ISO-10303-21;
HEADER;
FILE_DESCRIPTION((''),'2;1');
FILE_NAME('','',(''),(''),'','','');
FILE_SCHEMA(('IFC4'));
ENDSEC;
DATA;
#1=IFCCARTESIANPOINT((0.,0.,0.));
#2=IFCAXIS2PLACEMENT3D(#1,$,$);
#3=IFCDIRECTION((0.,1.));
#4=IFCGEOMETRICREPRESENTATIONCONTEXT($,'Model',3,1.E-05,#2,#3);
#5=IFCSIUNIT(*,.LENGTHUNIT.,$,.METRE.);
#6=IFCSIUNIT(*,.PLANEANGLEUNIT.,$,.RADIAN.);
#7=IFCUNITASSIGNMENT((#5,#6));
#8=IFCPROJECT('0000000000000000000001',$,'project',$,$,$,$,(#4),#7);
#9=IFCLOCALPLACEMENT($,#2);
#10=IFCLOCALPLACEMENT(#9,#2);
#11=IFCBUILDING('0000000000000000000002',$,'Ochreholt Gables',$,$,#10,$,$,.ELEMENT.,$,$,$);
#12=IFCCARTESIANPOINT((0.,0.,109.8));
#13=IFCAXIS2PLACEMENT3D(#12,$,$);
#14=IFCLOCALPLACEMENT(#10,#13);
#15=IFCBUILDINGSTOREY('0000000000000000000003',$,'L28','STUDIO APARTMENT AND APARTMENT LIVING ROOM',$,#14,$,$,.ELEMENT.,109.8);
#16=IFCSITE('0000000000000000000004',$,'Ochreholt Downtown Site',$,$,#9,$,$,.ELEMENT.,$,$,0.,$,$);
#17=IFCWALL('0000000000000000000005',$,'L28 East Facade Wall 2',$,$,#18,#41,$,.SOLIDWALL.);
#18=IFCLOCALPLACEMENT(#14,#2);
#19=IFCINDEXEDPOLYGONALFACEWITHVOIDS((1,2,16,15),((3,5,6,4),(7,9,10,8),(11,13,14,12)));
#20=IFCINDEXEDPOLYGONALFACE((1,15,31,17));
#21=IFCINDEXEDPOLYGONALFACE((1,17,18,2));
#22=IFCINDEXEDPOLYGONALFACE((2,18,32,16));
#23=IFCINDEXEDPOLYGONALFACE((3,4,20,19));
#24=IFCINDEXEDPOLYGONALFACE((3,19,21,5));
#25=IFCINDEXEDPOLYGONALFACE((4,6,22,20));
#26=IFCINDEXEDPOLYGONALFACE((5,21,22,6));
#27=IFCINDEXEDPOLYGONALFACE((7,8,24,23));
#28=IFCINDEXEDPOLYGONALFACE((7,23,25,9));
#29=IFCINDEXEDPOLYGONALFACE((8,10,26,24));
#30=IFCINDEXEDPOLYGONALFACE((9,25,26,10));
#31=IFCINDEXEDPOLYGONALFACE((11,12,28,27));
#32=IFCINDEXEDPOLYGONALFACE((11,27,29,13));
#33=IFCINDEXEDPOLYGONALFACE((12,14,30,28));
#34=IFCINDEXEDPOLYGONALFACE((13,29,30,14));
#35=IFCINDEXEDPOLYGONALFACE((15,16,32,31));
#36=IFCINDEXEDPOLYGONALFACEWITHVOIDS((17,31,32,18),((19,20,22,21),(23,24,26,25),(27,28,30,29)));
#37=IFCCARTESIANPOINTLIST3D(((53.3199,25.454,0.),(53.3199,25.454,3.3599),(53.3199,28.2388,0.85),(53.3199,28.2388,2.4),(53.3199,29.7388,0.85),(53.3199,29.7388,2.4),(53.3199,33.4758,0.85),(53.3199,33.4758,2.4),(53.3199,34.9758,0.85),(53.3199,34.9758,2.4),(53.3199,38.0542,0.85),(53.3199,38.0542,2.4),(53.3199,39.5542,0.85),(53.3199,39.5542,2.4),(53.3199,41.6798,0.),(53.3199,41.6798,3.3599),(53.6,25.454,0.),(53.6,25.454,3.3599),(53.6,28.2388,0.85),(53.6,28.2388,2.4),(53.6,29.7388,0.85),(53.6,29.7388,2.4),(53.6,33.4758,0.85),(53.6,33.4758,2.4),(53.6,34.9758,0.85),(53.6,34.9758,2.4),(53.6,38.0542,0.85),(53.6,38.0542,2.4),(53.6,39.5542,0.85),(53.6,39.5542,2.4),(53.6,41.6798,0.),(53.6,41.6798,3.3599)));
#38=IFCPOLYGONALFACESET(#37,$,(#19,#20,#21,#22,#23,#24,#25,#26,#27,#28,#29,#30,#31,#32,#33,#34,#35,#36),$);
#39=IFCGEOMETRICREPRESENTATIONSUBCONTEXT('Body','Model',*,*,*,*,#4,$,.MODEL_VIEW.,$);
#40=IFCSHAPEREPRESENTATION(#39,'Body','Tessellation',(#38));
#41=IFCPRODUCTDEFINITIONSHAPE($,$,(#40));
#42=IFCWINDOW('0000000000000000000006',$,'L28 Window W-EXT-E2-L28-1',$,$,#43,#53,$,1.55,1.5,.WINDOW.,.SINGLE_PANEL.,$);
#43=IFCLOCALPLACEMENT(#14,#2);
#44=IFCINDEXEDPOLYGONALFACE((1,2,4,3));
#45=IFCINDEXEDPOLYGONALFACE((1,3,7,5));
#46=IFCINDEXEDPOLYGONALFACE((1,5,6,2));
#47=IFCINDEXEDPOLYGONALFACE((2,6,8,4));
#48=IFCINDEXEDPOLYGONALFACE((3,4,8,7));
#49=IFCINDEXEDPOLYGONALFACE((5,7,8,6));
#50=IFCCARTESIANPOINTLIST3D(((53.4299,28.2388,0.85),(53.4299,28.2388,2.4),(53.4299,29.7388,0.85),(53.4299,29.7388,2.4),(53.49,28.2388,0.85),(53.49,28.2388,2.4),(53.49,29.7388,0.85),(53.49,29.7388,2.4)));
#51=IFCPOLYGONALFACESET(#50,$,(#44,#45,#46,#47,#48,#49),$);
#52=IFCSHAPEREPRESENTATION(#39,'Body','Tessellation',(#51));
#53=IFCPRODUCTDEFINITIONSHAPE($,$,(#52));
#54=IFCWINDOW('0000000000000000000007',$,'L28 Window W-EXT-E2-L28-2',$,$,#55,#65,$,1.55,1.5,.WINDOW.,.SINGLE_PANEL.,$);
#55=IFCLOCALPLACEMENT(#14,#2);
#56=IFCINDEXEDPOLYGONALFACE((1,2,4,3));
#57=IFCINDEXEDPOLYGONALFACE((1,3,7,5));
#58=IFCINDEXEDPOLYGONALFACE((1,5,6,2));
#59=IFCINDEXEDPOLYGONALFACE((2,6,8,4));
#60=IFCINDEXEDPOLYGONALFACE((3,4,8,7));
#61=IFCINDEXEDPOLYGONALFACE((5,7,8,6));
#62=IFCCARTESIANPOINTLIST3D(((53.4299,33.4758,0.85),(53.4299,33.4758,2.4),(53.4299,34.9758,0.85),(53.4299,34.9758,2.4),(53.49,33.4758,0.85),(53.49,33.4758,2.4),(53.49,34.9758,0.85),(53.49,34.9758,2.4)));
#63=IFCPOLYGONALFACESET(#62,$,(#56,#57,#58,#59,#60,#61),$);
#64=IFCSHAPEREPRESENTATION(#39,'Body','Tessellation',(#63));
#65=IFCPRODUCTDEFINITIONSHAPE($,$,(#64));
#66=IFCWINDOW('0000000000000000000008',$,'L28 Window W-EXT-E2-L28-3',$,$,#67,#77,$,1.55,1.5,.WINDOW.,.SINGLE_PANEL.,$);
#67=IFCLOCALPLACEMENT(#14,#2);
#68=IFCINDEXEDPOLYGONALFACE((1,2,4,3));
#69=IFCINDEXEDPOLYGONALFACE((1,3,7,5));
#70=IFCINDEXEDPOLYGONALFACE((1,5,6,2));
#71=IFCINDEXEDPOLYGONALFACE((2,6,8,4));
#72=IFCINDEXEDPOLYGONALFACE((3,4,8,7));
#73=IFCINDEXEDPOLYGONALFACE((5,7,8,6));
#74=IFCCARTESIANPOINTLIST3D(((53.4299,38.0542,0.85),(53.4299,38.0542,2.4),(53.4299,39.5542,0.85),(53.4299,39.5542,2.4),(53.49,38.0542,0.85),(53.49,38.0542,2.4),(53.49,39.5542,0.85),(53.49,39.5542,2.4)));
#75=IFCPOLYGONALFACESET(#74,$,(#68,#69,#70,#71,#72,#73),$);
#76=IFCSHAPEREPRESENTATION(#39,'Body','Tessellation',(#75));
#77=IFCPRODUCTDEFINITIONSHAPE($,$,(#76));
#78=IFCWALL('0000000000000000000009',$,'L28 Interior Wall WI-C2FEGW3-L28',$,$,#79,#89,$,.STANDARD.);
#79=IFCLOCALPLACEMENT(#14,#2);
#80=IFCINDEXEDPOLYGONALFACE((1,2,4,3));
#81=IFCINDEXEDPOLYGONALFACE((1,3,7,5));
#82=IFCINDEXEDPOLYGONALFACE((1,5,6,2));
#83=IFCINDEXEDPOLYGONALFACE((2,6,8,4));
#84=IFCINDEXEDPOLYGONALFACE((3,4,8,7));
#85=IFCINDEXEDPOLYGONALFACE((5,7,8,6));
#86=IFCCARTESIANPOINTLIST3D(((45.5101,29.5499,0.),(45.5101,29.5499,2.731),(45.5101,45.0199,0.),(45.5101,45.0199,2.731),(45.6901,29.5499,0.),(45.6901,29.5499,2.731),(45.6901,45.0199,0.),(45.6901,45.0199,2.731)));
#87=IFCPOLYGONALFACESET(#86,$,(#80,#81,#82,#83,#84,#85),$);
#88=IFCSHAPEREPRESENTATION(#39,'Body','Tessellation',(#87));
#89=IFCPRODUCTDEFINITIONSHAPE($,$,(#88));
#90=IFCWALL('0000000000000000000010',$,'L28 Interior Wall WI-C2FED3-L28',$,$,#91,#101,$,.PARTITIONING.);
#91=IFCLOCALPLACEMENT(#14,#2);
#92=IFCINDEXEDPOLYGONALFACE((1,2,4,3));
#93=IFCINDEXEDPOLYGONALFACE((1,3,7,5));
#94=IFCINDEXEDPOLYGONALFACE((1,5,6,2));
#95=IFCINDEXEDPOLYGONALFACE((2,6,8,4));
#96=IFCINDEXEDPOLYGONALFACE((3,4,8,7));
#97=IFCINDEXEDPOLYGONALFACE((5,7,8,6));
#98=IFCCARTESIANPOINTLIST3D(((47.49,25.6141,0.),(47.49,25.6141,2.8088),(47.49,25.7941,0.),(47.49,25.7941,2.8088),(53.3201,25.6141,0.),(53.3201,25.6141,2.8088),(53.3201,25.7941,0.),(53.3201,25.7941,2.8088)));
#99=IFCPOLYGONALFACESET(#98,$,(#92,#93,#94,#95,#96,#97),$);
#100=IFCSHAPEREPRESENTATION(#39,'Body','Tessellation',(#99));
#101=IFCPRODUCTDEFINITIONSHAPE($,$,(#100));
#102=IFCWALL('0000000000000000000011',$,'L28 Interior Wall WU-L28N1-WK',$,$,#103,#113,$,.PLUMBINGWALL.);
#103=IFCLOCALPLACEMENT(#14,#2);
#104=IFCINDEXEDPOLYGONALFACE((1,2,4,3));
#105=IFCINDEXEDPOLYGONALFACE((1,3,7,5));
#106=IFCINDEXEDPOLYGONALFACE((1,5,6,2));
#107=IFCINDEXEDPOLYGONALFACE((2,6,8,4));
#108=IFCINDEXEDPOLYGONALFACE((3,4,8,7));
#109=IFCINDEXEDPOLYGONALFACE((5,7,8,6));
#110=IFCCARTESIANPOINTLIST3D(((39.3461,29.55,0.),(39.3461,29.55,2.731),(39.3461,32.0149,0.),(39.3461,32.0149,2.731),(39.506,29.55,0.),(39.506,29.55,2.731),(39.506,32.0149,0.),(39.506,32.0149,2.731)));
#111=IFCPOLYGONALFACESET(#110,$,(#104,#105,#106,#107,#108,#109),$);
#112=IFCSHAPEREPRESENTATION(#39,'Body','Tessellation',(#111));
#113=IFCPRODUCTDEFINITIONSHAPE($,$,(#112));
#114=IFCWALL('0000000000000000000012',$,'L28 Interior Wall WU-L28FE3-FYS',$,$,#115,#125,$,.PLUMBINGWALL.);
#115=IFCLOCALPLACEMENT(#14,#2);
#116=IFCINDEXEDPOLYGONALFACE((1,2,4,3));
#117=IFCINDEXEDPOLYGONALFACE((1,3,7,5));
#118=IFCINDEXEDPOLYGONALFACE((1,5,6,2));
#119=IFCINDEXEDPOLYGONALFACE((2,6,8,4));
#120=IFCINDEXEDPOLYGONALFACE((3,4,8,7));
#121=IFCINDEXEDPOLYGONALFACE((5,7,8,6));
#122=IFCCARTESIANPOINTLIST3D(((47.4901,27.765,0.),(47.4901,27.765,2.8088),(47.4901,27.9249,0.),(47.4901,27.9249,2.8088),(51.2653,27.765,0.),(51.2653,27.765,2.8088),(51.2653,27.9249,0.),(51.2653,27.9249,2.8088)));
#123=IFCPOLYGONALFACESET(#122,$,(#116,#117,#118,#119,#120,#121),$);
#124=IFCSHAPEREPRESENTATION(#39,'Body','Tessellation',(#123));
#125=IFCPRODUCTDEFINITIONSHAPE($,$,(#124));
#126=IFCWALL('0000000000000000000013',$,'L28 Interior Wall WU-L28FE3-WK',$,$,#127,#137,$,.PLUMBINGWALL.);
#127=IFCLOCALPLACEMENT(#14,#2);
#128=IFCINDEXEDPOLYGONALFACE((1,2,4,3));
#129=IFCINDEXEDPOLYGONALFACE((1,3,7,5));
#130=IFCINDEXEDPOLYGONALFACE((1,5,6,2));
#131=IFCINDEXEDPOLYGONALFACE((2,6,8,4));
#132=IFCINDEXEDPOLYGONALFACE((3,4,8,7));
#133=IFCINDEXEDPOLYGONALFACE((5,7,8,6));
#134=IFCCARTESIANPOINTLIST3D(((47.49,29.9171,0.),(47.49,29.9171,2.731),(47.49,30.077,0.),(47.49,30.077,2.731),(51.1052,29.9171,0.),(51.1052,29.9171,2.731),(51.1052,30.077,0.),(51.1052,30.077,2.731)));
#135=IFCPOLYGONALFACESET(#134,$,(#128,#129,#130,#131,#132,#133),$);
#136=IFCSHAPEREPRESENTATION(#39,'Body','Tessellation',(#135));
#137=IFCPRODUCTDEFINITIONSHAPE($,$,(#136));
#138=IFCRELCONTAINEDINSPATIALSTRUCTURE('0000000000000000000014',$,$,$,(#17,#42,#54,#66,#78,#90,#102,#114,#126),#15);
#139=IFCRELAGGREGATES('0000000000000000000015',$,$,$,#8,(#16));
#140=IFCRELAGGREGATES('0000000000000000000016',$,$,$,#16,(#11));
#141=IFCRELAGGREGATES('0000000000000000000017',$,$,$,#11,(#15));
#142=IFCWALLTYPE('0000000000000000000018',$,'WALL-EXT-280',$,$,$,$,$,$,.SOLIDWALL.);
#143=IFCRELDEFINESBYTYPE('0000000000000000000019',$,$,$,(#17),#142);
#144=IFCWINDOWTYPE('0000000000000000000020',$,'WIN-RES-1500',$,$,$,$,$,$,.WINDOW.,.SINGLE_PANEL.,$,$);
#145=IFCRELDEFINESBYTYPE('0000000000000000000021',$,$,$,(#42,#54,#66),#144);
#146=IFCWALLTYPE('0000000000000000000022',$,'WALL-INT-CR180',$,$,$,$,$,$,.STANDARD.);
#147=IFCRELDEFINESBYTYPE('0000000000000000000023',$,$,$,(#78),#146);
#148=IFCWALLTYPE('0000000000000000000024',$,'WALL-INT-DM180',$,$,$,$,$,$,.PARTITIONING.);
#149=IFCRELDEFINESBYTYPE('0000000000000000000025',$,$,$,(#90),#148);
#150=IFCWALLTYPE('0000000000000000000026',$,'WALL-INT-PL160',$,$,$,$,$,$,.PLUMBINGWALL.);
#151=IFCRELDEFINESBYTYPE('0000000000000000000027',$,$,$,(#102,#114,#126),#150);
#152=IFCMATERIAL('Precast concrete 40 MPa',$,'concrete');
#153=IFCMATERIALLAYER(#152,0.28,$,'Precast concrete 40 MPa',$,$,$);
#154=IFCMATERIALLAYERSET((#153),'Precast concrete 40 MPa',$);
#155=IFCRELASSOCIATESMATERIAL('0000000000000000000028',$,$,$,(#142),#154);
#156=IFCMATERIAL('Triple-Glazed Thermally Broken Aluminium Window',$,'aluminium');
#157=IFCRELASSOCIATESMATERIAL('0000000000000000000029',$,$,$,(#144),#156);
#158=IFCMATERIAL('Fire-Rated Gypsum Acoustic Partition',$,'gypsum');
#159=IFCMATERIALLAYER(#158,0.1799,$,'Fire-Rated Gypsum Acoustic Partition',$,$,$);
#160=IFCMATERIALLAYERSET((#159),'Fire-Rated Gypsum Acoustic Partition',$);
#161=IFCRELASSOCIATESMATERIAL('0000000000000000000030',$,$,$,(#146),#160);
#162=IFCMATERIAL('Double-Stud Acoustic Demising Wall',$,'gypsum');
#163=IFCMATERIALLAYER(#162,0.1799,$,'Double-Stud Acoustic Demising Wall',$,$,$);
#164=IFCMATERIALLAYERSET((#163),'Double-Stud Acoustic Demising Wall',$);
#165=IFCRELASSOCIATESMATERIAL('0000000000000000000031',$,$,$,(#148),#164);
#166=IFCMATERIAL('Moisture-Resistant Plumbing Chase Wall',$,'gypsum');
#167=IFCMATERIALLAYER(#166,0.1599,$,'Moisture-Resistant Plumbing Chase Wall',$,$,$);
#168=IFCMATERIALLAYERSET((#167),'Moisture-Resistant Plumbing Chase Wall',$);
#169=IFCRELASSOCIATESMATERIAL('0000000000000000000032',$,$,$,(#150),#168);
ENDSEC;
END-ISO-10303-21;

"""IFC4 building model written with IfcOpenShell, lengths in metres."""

from ifc_helpers import new_model, si_unit, direction, frame, frame_2d, origin, place, context, subcontext, project, spatial, rectangle, extrude, material, layer, layer_set, type_object, element, fill, save


model = new_model("IFC4")

# Units and contexts
model_context = context("Model", 3, precision=1e-05, world=origin(), true_north=direction((0.0, 1.0)))
body_context = subcontext(model_context, "Body", "Model", "MODEL_VIEW")
ifc_project = project(units=[si_unit("LENGTHUNIT", "METRE"), si_unit("PLANEANGLEUNIT", "RADIAN")], contexts=[model_context])

# Site, building, storey
site_placement = place(None, origin())
site = spatial("IfcSite", under=ifc_project, at=site_placement, Name="Ochreholt Downtown Site", CompositionType="ELEMENT", RefElevation=0.0)
building_placement = place(site_placement, origin())
building = spatial("IfcBuilding", under=site, at=building_placement, Name="Ochreholt Gables", CompositionType="ELEMENT")
storey_placement = place(building_placement, frame((0.0, 0.0, 109.8)))
storey = spatial("IfcBuildingStorey", under=building, at=storey_placement, Name="L28", Description="STUDIO APARTMENT AND APARTMENT LIVING ROOM", CompositionType="ELEMENT", Elevation=109.8)

# Wall, openings, windows
ifc_material_1 = material(Name="Precast concrete 40 MPa", Category="concrete")
ifc_layer_1 = layer(ifc_material_1, 0.28, Name="Precast concrete 40 MPa")
ifc_layer_set_1 = layer_set([ifc_layer_1], Name="Precast concrete 40 MPa")
wall_type_1 = type_object("IfcWallType", Name="WALL-EXT-280", PredefinedType="SOLIDWALL", material=ifc_layer_set_1)
wall_1_placement = place(storey_placement, frame((53.46, 25.4541, 0.0), z_axis=(0.0, 0.0, 1.0), x_axis=(0.0, 1.0, 0.0)))
wall_1 = element("IfcWall", 1, at=wall_1_placement, inside=storey, type_object=wall_type_1, Name="L28 East Facade Wall 2", PredefinedType="SOLIDWALL", context=body_context, shape_type="SweptSolid", body=[
    extrude(rectangle(XDim=16.2258, YDim=0.28, at=frame_2d((8.1128, 0.0))), origin(), (0.0, 0.0, 1.0), 3.3599),
])
opening_1_placement = place(wall_1_placement, frame((2.7847, 0.0, 0.8501)))
opening_1 = element("IfcOpeningElement", 2, at=opening_1_placement, cuts=wall_1, PredefinedType="OPENING", context=body_context, shape_type="SweptSolid", body=[
    extrude(rectangle(XDim=1.5, YDim=1.55, at=frame_2d((0.75, 0.7749))), frame((0.0, 0.1499, 0.0), z_axis=(0.0, -1.0, 0.0), x_axis=(1.0, 0.0, 0.0)), (0.0, 0.0, 1.0), 0.3),
])
opening_2_placement = place(wall_1_placement, frame((8.0217, 0.0, 0.8501)))
opening_2 = element("IfcOpeningElement", 3, at=opening_2_placement, cuts=wall_1, PredefinedType="OPENING", context=body_context, shape_type="SweptSolid", body=[
    extrude(rectangle(XDim=1.5, YDim=1.55, at=frame_2d((0.75, 0.7749))), frame((0.0, 0.1499, 0.0), z_axis=(0.0, -1.0, 0.0), x_axis=(1.0, 0.0, 0.0)), (0.0, 0.0, 1.0), 0.3),
])
opening_3_placement = place(wall_1_placement, frame((12.6001, 0.0, 0.8501)))
opening_3 = element("IfcOpeningElement", 4, at=opening_3_placement, cuts=wall_1, PredefinedType="OPENING", context=body_context, shape_type="SweptSolid", body=[
    extrude(rectangle(XDim=1.5, YDim=1.55, at=frame_2d((0.75, 0.7749))), frame((0.0, 0.1499, 0.0), z_axis=(0.0, -1.0, 0.0), x_axis=(1.0, 0.0, 0.0)), (0.0, 0.0, 1.0), 0.3),
])
ifc_material_2 = material(Name="Triple-Glazed Thermally Broken Aluminium Window", Category="aluminium")
window_type = type_object("IfcWindowType", Name="WIN-RES-1500", PartitioningType="SINGLE_PANEL", PredefinedType="WINDOW", material=ifc_material_2)
window_1_placement = place(opening_1_placement, origin())
window_1 = element("IfcWindow", 5, at=window_1_placement, inside=storey, type_object=window_type, Name="L28 Window W-EXT-E2-L28-1", OverallHeight=1.55, OverallWidth=1.5, PartitioningType="SINGLE_PANEL", PredefinedType="WINDOW", context=body_context, shape_type="SweptSolid", body=[
    extrude(rectangle(XDim=1.5, YDim=1.55, at=frame_2d((0.75, 0.7749))), frame((0.0, 0.03, 0.0), z_axis=(0.0, -1.0, 0.0), x_axis=(1.0, 0.0, 0.0)), (0.0, 0.0, 1.0), 0.0601),
])
fill(opening_1, window_1)
window_2_placement = place(opening_2_placement, origin())
window_2 = element("IfcWindow", 6, at=window_2_placement, inside=storey, type_object=window_type, Name="L28 Window W-EXT-E2-L28-2", OverallHeight=1.55, OverallWidth=1.5, PartitioningType="SINGLE_PANEL", PredefinedType="WINDOW", context=body_context, shape_type="SweptSolid", body=[
    extrude(rectangle(XDim=1.5, YDim=1.55, at=frame_2d((0.75, 0.7749))), frame((0.0, 0.03, 0.0), z_axis=(0.0, -1.0, 0.0), x_axis=(1.0, 0.0, 0.0)), (0.0, 0.0, 1.0), 0.0601),
])
fill(opening_2, window_2)
window_3_placement = place(opening_3_placement, origin())
window_3 = element("IfcWindow", 7, at=window_3_placement, inside=storey, type_object=window_type, Name="L28 Window W-EXT-E2-L28-3", OverallHeight=1.55, OverallWidth=1.5, PartitioningType="SINGLE_PANEL", PredefinedType="WINDOW", context=body_context, shape_type="SweptSolid", body=[
    extrude(rectangle(XDim=1.5, YDim=1.55, at=frame_2d((0.75, 0.7749))), frame((0.0, 0.03, 0.0), z_axis=(0.0, -1.0, 0.0), x_axis=(1.0, 0.0, 0.0)), (0.0, 0.0, 1.0), 0.0601),
])
fill(opening_3, window_3)

# Walls
ifc_material_3 = material(Name="Fire-Rated Gypsum Acoustic Partition", Category="gypsum")
ifc_layer_2 = layer(ifc_material_3, 0.1799, Name="Fire-Rated Gypsum Acoustic Partition")
ifc_layer_set_2 = layer_set([ifc_layer_2], Name="Fire-Rated Gypsum Acoustic Partition")
wall_type_2 = type_object("IfcWallType", Name="WALL-INT-CR180", PredefinedType="STANDARD", material=ifc_layer_set_2)
wall_2_placement = place(storey_placement, frame((45.6001, 29.55, 0.0), z_axis=(0.0, 0.0, 1.0), x_axis=(0.0, 1.0, 0.0)))
element("IfcWall", 8, at=wall_2_placement, inside=storey, type_object=wall_type_2, Name="L28 Interior Wall WI-C2FEGW3-L28", PredefinedType="STANDARD", context=body_context, shape_type="SweptSolid", body=[
    extrude(rectangle(XDim=15.47, YDim=0.1799, at=frame_2d((7.7349, 0.0))), origin(), (0.0, 0.0, 1.0), 2.731),
])
ifc_material_4 = material(Name="Double-Stud Acoustic Demising Wall", Category="gypsum")
ifc_layer_3 = layer(ifc_material_4, 0.1799, Name="Double-Stud Acoustic Demising Wall")
ifc_layer_set_3 = layer_set([ifc_layer_3], Name="Double-Stud Acoustic Demising Wall")
wall_type_3 = type_object("IfcWallType", Name="WALL-INT-DM180", PredefinedType="PARTITIONING", material=ifc_layer_set_3)
wall_3_placement = place(storey_placement, frame((47.49, 25.7041, 0.0), z_axis=(0.0, 0.0, 1.0), x_axis=(1.0, 0.0, 0.0)))
element("IfcWall", 9, at=wall_3_placement, inside=storey, type_object=wall_type_3, Name="L28 Interior Wall WI-C2FED3-L28", PredefinedType="PARTITIONING", context=body_context, shape_type="SweptSolid", body=[
    extrude(rectangle(XDim=5.8301, YDim=0.1799, at=frame_2d((2.915, 0.0))), origin(), (0.0, 0.0, 1.0), 2.8088),
])
ifc_material_5 = material(Name="Moisture-Resistant Plumbing Chase Wall", Category="gypsum")
ifc_layer_4 = layer(ifc_material_5, 0.1599, Name="Moisture-Resistant Plumbing Chase Wall")
ifc_layer_set_4 = layer_set([ifc_layer_4], Name="Moisture-Resistant Plumbing Chase Wall")
wall_type_4 = type_object("IfcWallType", Name="WALL-INT-PL160", PredefinedType="PLUMBINGWALL", material=ifc_layer_set_4)
wall_4_placement = place(storey_placement, frame((39.426, 29.55, 0.0), z_axis=(0.0, 0.0, 1.0), x_axis=(0.0, 1.0, 0.0)))
element("IfcWall", 10, at=wall_4_placement, inside=storey, type_object=wall_type_4, Name="L28 Interior Wall WU-L28N1-WK", PredefinedType="PLUMBINGWALL", context=body_context, shape_type="SweptSolid", body=[
    extrude(rectangle(XDim=2.4648, YDim=0.1599, at=frame_2d((1.2324, 0.0))), origin(), (0.0, 0.0, 1.0), 2.731),
])
wall_5_placement = place(storey_placement, frame((47.49, 27.845, 0.0), z_axis=(0.0, 0.0, 1.0), x_axis=(1.0, 0.0, 0.0)))
element("IfcWall", 11, at=wall_5_placement, inside=storey, type_object=wall_type_4, Name="L28 Interior Wall WU-L28FE3-FYS", PredefinedType="PLUMBINGWALL", context=body_context, shape_type="SweptSolid", body=[
    extrude(rectangle(XDim=3.7751, YDim=0.1599, at=frame_2d((1.8877, 0.0))), origin(), (0.0, 0.0, 1.0), 2.8088),
])

# Wall
wall_6_placement = place(storey_placement, frame((47.49, 29.9971, 0.0), z_axis=(0.0, 0.0, 1.0), x_axis=(1.0, 0.0, 0.0)))
element("IfcWall", 12, at=wall_6_placement, inside=storey, type_object=wall_type_4, Name="L28 Interior Wall WU-L28FE3-WK", PredefinedType="PLUMBINGWALL", context=body_context, shape_type="SweptSolid", body=[
    extrude(rectangle(XDim=3.6152, YDim=0.1599, at=frame_2d((1.8076, 0.0))), origin(), (0.0, 0.0, 1.0), 2.731),
])

save(model, "model.ifc")
